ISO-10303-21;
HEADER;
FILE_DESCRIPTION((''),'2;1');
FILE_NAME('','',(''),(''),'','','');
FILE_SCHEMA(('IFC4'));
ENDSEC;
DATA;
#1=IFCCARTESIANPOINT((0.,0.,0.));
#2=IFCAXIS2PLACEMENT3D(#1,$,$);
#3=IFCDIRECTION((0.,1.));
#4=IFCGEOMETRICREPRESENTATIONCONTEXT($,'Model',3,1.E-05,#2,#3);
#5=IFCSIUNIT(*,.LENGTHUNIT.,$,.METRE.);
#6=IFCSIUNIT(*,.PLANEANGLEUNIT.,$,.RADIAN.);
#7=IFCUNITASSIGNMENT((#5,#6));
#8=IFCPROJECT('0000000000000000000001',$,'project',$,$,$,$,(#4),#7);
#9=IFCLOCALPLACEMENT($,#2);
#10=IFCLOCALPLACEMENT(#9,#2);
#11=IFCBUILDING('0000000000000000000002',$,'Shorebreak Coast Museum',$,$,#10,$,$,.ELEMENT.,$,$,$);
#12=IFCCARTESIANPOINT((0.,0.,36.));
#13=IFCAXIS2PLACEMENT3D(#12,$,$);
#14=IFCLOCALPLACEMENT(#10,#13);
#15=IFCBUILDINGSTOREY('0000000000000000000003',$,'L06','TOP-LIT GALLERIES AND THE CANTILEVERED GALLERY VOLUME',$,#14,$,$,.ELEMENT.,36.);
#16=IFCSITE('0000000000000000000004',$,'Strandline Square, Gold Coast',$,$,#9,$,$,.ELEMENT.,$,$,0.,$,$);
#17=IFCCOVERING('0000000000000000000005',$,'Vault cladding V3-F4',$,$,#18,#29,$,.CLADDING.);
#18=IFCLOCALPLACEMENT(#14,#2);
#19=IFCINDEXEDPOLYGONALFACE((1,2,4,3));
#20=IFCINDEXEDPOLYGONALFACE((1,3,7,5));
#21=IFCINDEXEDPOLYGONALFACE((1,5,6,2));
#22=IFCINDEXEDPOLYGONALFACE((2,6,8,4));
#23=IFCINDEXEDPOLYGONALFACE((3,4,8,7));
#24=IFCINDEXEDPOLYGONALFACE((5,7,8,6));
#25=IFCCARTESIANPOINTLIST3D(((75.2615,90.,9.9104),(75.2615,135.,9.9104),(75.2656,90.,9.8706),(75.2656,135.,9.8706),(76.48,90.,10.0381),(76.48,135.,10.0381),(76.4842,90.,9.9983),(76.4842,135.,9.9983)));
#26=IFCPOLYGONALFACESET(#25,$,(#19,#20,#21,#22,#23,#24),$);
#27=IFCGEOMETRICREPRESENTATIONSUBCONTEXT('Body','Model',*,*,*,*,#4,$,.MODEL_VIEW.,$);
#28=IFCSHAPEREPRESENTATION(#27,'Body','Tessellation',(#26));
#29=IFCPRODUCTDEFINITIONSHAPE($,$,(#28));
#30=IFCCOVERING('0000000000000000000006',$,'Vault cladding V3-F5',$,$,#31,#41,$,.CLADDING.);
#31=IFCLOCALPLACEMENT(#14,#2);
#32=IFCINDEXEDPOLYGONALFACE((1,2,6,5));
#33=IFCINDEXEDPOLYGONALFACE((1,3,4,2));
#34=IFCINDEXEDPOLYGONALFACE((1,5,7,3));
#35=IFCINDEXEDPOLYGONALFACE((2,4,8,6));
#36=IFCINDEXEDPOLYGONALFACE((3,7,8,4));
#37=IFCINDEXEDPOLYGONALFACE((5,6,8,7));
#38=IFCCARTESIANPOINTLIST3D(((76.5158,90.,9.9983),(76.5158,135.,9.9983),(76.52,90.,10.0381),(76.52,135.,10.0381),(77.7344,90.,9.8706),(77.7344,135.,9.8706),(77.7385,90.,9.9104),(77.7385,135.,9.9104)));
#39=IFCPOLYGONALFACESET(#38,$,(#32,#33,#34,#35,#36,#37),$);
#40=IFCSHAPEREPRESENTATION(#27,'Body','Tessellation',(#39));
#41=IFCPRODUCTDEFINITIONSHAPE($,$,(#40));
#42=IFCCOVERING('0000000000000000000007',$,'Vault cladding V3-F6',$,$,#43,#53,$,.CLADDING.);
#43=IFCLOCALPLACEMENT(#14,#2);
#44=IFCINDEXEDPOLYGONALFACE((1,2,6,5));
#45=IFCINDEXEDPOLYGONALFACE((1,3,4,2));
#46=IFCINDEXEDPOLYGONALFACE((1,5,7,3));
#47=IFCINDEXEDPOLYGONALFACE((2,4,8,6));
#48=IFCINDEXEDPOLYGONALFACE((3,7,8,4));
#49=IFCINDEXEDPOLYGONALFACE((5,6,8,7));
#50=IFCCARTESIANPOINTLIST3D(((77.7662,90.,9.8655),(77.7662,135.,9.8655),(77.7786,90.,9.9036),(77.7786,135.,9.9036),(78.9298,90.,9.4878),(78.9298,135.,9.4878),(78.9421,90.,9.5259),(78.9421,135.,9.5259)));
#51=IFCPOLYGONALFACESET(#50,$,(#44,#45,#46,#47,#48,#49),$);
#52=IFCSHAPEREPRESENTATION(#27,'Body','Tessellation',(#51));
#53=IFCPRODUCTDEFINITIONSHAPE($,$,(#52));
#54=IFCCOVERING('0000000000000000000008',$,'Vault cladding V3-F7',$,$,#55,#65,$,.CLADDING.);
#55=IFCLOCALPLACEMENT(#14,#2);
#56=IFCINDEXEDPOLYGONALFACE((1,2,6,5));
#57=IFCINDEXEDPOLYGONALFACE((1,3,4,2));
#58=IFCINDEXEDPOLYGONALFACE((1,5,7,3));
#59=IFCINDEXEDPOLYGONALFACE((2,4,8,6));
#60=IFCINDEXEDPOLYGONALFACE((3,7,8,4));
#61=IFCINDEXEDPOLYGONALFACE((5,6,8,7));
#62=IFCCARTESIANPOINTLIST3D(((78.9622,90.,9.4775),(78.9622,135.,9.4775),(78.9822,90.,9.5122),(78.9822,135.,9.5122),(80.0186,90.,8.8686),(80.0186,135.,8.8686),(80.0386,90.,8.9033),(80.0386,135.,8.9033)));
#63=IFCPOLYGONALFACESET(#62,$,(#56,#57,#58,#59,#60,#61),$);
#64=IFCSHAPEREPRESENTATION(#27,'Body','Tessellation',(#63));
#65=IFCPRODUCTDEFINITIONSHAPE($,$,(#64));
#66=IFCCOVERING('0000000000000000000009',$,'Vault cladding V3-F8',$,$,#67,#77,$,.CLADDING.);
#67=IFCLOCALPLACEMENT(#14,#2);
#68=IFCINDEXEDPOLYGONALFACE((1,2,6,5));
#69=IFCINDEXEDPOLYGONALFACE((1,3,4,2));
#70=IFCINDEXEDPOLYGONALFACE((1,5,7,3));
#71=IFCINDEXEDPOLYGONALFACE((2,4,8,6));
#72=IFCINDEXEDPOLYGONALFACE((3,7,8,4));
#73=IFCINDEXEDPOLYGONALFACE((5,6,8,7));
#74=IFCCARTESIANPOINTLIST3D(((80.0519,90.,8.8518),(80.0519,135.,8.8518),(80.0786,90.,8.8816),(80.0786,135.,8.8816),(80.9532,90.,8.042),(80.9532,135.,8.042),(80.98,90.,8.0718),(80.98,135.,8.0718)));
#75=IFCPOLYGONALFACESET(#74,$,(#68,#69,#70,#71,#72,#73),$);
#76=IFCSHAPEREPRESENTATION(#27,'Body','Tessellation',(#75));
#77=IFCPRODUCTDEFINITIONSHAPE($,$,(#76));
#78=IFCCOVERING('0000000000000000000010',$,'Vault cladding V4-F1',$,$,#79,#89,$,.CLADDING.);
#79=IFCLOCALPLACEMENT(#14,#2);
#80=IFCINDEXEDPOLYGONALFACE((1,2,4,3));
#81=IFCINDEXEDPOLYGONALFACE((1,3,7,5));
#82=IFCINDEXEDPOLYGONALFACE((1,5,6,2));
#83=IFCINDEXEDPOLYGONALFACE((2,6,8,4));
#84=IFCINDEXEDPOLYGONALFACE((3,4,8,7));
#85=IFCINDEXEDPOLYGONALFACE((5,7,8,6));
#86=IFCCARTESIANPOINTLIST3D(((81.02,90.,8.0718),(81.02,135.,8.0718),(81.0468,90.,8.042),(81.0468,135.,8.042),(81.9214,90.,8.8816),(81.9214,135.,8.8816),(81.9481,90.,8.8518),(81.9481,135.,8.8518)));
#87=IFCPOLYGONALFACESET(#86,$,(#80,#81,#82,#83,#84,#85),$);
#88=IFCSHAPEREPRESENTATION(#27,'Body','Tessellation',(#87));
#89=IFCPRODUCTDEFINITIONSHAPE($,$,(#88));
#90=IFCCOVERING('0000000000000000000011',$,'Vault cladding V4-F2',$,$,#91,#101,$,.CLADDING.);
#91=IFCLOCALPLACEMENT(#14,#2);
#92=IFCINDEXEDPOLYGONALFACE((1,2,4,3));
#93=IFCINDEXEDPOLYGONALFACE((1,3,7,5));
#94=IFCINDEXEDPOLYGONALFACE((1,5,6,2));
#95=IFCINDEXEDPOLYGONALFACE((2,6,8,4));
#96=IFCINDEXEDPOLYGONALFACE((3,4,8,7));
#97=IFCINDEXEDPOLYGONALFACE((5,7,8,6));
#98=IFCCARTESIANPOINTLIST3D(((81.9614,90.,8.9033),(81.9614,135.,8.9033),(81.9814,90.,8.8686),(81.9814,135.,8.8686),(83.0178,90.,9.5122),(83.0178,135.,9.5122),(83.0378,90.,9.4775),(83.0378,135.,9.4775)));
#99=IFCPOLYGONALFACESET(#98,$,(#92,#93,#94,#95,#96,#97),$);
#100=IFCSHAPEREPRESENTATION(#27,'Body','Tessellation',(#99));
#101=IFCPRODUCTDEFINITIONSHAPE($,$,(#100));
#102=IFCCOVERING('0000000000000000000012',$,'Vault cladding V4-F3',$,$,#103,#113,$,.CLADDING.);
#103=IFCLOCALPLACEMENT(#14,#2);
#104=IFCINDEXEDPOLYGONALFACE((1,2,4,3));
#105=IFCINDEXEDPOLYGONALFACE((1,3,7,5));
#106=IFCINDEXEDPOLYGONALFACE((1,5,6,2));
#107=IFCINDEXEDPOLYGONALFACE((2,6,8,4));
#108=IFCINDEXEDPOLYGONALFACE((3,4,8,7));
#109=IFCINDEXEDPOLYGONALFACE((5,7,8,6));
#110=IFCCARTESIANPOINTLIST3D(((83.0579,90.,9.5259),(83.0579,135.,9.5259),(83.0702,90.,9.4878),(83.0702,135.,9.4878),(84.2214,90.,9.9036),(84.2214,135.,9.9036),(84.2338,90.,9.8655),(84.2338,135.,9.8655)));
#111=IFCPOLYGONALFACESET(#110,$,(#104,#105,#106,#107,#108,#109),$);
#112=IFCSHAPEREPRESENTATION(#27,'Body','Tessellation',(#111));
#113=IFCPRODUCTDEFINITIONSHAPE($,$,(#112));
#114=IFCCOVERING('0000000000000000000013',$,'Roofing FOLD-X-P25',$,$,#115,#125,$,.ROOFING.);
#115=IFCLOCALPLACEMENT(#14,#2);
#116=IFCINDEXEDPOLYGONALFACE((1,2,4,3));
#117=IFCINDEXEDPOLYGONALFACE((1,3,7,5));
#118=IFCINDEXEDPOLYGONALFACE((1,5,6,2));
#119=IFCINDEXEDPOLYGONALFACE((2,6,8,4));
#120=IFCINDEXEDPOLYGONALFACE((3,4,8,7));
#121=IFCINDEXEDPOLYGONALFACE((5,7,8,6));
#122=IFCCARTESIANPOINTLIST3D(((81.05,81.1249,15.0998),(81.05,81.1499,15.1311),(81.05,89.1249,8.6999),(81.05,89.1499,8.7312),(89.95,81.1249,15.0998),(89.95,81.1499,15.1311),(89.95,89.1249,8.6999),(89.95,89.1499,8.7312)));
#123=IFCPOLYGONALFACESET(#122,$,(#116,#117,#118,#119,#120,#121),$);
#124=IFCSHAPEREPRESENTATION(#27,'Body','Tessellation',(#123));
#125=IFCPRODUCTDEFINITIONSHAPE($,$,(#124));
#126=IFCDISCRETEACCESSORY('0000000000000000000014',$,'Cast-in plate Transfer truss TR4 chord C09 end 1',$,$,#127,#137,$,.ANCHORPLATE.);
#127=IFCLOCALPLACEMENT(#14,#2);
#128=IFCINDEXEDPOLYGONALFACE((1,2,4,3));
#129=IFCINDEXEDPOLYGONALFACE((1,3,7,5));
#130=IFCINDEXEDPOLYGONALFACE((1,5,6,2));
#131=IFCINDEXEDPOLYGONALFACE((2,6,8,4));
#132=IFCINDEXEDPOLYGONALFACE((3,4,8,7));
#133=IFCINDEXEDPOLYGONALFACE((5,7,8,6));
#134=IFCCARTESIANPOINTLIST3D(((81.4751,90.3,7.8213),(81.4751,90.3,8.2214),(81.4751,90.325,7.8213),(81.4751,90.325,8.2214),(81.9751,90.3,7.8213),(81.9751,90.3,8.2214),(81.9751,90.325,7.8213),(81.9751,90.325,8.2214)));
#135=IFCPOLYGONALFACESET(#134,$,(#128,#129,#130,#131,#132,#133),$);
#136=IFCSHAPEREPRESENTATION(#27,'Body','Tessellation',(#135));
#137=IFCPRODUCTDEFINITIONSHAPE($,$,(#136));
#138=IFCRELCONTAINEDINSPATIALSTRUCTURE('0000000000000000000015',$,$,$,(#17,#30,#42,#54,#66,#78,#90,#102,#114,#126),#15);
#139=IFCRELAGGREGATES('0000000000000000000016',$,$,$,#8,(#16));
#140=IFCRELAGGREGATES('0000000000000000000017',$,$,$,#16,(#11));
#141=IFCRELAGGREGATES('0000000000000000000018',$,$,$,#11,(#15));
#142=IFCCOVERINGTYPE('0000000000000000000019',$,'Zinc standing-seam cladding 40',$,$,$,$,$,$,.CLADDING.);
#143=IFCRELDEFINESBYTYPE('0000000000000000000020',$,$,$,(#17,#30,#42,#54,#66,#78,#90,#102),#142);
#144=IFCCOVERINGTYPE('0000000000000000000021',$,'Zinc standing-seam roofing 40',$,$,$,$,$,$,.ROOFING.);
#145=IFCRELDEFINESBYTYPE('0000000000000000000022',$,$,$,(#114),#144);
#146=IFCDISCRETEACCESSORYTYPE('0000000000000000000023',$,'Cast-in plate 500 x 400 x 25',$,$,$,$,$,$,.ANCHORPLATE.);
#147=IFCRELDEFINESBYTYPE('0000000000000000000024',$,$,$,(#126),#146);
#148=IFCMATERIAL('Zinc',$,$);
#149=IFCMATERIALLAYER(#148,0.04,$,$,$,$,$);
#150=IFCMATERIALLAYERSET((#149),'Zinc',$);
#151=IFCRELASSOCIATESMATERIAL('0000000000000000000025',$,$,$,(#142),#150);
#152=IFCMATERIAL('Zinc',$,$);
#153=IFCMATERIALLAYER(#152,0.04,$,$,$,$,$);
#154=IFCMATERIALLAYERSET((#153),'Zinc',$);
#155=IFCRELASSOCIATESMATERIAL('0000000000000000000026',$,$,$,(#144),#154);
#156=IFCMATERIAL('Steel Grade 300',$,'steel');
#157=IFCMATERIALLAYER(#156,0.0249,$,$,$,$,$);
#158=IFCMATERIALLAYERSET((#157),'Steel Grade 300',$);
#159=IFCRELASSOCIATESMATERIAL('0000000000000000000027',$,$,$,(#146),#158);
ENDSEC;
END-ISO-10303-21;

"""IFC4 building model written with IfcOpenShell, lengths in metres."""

from ifc_helpers import new_model, si_unit, direction, frame, origin, place, context, subcontext, project, spatial, polyline, outline, extrude, material, layer, layer_set, type_object, element, save


model = new_model("IFC4")

# Units and contexts
model_context = context("Model", 3, precision=1e-05, world=origin(), true_north=direction((0.0, 1.0)))
body_context = subcontext(model_context, "Body", "Model", "MODEL_VIEW")
ifc_project = project(units=[si_unit("LENGTHUNIT", "METRE"), si_unit("PLANEANGLEUNIT", "RADIAN")], contexts=[model_context])

# Site, building, storey
site_placement = place(None, origin())
site = spatial("IfcSite", under=ifc_project, at=site_placement, Name="Strandline Square, Gold Coast", CompositionType="ELEMENT", RefElevation=0.0)
building_placement = place(site_placement, origin())
building = spatial("IfcBuilding", under=site, at=building_placement, Name="Shorebreak Coast Museum", CompositionType="ELEMENT")
storey_placement = place(building_placement, frame((0.0, 0.0, 36.0)))
storey = spatial("IfcBuildingStorey", under=building, at=storey_placement, Name="L06", Description="TOP-LIT GALLERIES AND THE CANTILEVERED GALLERY VOLUME", CompositionType="ELEMENT", Elevation=36.0)

# Coverings
ifc_material_1 = material(Name="Zinc")
ifc_layer_1 = layer(ifc_material_1, 0.04)
ifc_layer_set_1 = layer_set([ifc_layer_1], Name="Zinc")
covering_type_1 = type_object("IfcCoveringType", Name="Zinc standing-seam cladding 40", PredefinedType="CLADDING", material=ifc_layer_set_1)
for number, where, z_axis, x_axis, name in (
    (1, (75.2615, 90.0, 9.9104), (-0.104218, 0.0, 0.994554), (0.994554, 0.0, 0.104218), "Vault cladding V3-F4"),
    (2, (76.52, 90.0, 10.0381), (0.104218, 0.0, 0.994554), (0.994554, 0.0, -0.104218), "Vault cladding V3-F5"),
):
    element("IfcCovering", number, at=place(storey_placement, frame(where, z_axis=z_axis, x_axis=x_axis)), inside=storey, type_object=covering_type_1, Name=name, PredefinedType="CLADDING", context=body_context, shape_type="SweptSolid", body=[
        extrude(outline(polyline([(0.0, 0.0), (1.2252, 0.0), (1.2252, 45.0), (0.0, 45.0), (0.0, 0.0)])), origin(), (0.0, 0.0, -1.0), 0.04),
    ])
covering_1_placement = place(storey_placement, frame((77.7786, 90.0, 9.9036), z_axis=(0.308734, 0.0, 0.951148), x_axis=(0.951148, 0.0, -0.308734)))
element("IfcCovering", 3, at=covering_1_placement, inside=storey, type_object=covering_type_1, Name="Vault cladding V3-F6", PredefinedType="CLADDING", context=body_context, shape_type="SweptSolid", body=[
    extrude(outline(polyline([(0.0, 0.0), (1.2233, 0.0), (1.2233, 45.0), (0.0, 45.0), (0.0, 0.0)])), origin(), (0.0, 0.0, -1.0), 0.04),
])
covering_2_placement = place(storey_placement, frame((78.9822, 90.0, 9.5122), z_axis=(0.49937, 0.0, 0.866389), x_axis=(0.866389, 0.0, -0.49937)))
element("IfcCovering", 4, at=covering_2_placement, inside=storey, type_object=covering_type_1, Name="Vault cladding V3-F7", PredefinedType="CLADDING", context=body_context, shape_type="SweptSolid", body=[
    extrude(outline(polyline([(0.0, 0.0), (1.2193, 0.0), (1.2193, 45.0), (0.0, 45.0), (0.0, 0.0)])), origin(), (0.0, 0.0, -1.0), 0.04),
])
for number, where, z_axis, x_axis, name in (
    (5, (80.0786, 90.0, 8.8816), (0.668319, 0.0, 0.743875), (0.743875, 0.0, -0.668319), "Vault cladding V3-F8"),
    (6, (81.02, 90.0, 8.0718), (-0.668319, 0.0, 0.743875), (0.743875, 0.0, 0.668319), "Vault cladding V4-F1"),
):
    element("IfcCovering", number, at=place(storey_placement, frame(where, z_axis=z_axis, x_axis=x_axis)), inside=storey, type_object=covering_type_1, Name=name, PredefinedType="CLADDING", context=body_context, shape_type="SweptSolid", body=[
        extrude(outline(polyline([(0.0, 0.0), (1.2117, 0.0), (1.2117, 45.0), (0.0, 45.0), (0.0, 0.0)])), origin(), (0.0, 0.0, -1.0), 0.04),
    ])
covering_3_placement = place(storey_placement, frame((81.9614, 90.0, 8.9033), z_axis=(-0.49937, 0.0, 0.866389), x_axis=(0.866389, 0.0, 0.49937)))
element("IfcCovering", 7, at=covering_3_placement, inside=storey, type_object=covering_type_1, Name="Vault cladding V4-F2", PredefinedType="CLADDING", context=body_context, shape_type="SweptSolid", body=[
    extrude(outline(polyline([(0.0, 0.0), (1.2193, 0.0), (1.2193, 45.0), (0.0, 45.0), (0.0, 0.0)])), origin(), (0.0, 0.0, -1.0), 0.04),
])
covering_4_placement = place(storey_placement, frame((83.0579, 90.0, 9.5259), z_axis=(-0.308734, 0.0, 0.951148), x_axis=(0.951148, 0.0, 0.308734)))
element("IfcCovering", 8, at=covering_4_placement, inside=storey, type_object=covering_type_1, Name="Vault cladding V4-F3", PredefinedType="CLADDING", context=body_context, shape_type="SweptSolid", body=[
    extrude(outline(polyline([(0.0, 0.0), (1.2233, 0.0), (1.2233, 45.0), (0.0, 45.0), (0.0, 0.0)])), origin(), (0.0, 0.0, -1.0), 0.04),
])
ifc_material_2 = material(Name="Zinc")
ifc_layer_2 = layer(ifc_material_2, 0.04)
ifc_layer_set_2 = layer_set([ifc_layer_2], Name="Zinc")
covering_type_2 = type_object("IfcCoveringType", Name="Zinc standing-seam roofing 40", PredefinedType="ROOFING", material=ifc_layer_set_2)
covering_5_placement = place(storey_placement, frame((81.05, 81.1499, 15.1311), z_axis=(0.0, 0.624689, 0.780873), x_axis=(1.0, 0.0, 0.0)))
element("IfcCovering", 9, at=covering_5_placement, inside=storey, type_object=covering_type_2, Name="Roofing FOLD-X-P25", PredefinedType="ROOFING", context=body_context, shape_type="SweptSolid", body=[
    extrude(outline(polyline([(0.0, 0.0), (8.8999, 0.0), (8.8999, 10.2449), (0.0, 10.2449), (0.0, 0.0)])), origin(), (0.0, 0.0, -1.0), 0.04),
])

# Discrete accessory
ifc_material_3 = material(Name="Steel Grade 300", Category="steel")
ifc_layer_3 = layer(ifc_material_3, 0.0249)
ifc_layer_set_3 = layer_set([ifc_layer_3], Name="Steel Grade 300")
discrete_accessory_type = type_object("IfcDiscreteAccessoryType", Name="Cast-in plate 500 x 400 x 25", PredefinedType="ANCHORPLATE", material=ifc_layer_set_3)
discrete_accessory_placement = place(storey_placement, frame((81.4751, 90.3, 7.8213), z_axis=(0.0, -1.0, 0.0), x_axis=(1.0, 0.0, 0.0)))
element("IfcDiscreteAccessory", 10, at=discrete_accessory_placement, inside=storey, type_object=discrete_accessory_type, Name="Cast-in plate Transfer truss TR4 chord C09 end 1", PredefinedType="ANCHORPLATE", context=body_context, shape_type="SweptSolid", body=[
    extrude(outline(polyline([(0.0, 0.0), (0.5, 0.0), (0.5, 0.4001), (0.0, 0.4001), (0.0, 0.0)])), origin(), (0.0, 0.0, -1.0), 0.0249),
])

save(model, "model.ifc")
